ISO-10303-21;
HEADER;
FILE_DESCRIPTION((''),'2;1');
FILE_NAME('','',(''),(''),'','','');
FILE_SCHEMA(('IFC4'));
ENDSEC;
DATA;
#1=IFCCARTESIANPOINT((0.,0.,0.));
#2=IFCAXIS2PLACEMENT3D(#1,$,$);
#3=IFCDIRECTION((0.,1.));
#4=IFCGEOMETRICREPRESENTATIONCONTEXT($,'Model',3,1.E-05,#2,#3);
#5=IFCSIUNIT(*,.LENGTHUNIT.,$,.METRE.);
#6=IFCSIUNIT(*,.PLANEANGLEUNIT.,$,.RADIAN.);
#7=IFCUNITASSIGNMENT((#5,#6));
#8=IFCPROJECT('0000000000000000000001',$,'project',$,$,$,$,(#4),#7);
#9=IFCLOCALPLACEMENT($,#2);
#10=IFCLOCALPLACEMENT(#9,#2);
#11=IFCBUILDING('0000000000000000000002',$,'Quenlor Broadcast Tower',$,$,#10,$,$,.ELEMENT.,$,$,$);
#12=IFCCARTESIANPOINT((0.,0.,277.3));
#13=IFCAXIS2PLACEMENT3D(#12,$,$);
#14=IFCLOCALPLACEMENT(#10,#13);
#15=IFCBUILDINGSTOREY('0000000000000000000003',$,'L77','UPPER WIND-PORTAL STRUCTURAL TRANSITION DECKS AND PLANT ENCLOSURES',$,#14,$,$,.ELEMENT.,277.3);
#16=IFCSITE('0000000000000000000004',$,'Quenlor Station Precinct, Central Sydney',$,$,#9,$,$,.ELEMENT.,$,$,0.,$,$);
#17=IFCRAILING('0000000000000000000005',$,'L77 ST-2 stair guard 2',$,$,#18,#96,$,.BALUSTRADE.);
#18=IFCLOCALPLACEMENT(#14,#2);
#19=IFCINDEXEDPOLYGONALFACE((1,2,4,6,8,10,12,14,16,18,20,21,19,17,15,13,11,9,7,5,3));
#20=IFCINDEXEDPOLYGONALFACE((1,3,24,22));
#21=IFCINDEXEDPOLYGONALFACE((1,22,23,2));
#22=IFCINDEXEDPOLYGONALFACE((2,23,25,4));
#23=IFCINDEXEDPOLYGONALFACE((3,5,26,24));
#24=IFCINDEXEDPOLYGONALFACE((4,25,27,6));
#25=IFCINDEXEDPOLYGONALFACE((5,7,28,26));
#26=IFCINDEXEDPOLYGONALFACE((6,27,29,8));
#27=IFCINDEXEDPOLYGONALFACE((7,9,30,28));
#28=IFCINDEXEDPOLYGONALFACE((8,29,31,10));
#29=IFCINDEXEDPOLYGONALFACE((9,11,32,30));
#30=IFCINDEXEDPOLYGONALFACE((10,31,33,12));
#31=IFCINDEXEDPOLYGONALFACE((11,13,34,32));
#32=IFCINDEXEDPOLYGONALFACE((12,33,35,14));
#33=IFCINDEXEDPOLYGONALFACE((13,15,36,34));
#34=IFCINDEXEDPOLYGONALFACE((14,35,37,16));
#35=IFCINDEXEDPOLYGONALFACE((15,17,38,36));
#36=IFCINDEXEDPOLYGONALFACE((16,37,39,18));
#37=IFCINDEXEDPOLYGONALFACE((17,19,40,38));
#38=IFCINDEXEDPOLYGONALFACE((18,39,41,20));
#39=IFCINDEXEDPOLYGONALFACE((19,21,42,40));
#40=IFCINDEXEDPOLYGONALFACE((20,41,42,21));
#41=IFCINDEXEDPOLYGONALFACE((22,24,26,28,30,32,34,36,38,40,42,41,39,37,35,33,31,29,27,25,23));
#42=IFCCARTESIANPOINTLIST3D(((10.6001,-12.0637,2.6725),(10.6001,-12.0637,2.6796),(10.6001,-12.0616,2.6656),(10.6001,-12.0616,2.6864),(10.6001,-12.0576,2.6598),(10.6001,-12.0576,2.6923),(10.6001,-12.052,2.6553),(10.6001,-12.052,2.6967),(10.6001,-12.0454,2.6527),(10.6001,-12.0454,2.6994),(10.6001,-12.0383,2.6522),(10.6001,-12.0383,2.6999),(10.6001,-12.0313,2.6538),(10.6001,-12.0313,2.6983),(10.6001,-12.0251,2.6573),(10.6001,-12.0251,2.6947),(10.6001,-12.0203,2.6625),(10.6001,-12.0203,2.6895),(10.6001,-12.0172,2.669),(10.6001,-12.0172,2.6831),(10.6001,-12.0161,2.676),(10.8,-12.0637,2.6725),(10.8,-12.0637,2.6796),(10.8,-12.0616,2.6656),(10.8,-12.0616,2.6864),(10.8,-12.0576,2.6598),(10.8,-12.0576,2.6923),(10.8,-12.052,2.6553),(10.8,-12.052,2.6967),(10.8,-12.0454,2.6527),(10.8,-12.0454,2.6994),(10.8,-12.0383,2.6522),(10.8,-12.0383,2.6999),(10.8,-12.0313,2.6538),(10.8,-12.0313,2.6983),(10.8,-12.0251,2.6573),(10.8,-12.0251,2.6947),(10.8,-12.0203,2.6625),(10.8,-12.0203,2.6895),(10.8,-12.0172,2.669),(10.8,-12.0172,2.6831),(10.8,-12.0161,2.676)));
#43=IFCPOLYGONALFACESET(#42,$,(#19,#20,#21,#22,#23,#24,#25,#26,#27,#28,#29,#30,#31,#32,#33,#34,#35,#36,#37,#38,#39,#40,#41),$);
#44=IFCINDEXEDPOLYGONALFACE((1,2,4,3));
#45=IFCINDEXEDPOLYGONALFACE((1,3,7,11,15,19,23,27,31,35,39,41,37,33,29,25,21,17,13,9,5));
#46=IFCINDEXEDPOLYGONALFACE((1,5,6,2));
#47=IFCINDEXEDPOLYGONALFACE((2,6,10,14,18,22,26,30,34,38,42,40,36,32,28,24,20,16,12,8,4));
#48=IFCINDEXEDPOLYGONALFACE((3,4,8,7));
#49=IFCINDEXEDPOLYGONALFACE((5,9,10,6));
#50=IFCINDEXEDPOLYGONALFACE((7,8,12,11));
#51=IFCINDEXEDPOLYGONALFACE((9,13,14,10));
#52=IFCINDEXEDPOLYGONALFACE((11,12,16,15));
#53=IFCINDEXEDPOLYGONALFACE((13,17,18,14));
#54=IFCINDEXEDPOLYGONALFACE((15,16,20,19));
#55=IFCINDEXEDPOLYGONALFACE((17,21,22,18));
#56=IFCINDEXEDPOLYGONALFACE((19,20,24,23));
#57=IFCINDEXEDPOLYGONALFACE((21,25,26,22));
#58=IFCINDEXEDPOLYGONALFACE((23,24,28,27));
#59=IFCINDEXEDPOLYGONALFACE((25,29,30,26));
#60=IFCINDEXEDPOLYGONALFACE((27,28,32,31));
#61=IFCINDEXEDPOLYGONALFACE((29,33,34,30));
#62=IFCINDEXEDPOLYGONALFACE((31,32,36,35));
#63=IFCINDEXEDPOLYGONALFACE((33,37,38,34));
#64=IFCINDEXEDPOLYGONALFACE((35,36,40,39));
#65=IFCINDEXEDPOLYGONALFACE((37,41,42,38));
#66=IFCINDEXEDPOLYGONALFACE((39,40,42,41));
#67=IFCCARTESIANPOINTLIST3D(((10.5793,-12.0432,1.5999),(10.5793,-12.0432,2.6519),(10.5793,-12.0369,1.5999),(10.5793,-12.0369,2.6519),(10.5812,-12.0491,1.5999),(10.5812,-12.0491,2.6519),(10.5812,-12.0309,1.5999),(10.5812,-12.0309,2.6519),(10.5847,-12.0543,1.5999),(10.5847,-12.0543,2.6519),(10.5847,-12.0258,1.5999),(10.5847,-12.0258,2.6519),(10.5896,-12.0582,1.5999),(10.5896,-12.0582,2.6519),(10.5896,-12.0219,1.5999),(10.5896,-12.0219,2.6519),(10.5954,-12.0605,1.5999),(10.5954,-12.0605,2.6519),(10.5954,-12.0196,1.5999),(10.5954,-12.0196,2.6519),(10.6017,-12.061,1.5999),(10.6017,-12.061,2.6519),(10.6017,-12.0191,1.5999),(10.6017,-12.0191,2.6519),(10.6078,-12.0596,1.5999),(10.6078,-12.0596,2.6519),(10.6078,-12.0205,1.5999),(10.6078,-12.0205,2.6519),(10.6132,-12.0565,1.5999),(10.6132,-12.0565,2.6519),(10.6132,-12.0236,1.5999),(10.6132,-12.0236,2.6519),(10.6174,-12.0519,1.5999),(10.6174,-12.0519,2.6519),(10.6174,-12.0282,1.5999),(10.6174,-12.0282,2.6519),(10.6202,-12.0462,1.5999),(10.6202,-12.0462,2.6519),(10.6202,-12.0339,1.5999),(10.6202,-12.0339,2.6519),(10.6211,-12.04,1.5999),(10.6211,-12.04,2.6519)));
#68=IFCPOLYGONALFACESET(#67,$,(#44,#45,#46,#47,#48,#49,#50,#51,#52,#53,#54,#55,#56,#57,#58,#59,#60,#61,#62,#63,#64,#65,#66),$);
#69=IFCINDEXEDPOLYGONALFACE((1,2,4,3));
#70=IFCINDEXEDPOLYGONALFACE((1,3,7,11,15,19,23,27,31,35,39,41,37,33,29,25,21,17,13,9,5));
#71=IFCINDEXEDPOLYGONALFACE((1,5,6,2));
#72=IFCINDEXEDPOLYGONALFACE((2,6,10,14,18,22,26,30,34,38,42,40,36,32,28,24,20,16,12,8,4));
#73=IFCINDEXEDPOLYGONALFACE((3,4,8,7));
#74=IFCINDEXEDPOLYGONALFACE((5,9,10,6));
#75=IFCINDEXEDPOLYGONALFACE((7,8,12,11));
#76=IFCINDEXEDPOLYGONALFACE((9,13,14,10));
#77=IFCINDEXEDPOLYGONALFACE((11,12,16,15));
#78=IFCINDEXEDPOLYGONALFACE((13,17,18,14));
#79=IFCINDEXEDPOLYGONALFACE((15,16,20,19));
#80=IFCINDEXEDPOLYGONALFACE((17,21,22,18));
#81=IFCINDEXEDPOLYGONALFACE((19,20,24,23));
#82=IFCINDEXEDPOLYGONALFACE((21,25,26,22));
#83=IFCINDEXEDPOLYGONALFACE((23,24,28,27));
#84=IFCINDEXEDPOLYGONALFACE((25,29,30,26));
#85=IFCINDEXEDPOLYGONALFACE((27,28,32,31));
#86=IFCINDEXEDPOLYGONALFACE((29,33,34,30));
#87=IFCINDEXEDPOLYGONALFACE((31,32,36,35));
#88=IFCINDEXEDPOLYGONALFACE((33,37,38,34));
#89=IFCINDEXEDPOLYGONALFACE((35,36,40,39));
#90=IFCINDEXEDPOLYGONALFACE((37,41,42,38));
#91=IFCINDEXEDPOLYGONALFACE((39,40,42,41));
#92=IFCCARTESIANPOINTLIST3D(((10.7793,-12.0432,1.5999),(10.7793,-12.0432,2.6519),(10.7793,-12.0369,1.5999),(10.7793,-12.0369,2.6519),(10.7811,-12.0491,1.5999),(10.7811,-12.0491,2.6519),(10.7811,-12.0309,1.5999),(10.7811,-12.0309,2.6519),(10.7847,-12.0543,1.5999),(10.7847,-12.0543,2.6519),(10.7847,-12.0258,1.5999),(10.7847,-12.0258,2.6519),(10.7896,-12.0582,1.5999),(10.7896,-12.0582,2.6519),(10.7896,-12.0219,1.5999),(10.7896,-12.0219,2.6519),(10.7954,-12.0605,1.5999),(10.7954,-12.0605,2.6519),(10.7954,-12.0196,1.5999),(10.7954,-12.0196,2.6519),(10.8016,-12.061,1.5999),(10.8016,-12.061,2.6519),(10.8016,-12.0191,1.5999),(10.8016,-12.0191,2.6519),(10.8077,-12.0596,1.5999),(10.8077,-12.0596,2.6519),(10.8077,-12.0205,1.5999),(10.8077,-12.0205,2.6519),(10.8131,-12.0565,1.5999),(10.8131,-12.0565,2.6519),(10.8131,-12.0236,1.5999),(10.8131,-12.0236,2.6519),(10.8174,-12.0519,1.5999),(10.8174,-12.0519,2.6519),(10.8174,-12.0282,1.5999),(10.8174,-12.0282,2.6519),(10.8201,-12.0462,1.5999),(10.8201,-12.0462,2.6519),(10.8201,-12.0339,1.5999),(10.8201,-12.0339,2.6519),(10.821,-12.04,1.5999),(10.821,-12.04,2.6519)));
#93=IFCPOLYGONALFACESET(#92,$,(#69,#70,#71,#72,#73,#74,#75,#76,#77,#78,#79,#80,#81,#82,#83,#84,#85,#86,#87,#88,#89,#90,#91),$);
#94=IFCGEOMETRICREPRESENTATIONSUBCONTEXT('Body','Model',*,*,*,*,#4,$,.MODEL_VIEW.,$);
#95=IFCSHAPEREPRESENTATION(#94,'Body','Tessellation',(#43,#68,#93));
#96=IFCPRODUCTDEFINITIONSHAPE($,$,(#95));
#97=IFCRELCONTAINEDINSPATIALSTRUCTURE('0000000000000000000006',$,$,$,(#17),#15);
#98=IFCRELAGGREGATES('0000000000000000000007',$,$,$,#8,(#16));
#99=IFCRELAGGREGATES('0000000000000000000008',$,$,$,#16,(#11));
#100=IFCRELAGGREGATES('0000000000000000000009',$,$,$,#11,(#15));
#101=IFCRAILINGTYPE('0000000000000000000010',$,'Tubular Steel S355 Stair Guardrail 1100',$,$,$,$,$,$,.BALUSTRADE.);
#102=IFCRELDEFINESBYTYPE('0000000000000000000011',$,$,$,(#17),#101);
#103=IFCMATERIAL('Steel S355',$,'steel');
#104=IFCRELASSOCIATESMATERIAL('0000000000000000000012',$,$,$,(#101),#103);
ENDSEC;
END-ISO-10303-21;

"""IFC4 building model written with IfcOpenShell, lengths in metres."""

from ifc_helpers import new_model, si_unit, direction, frame, origin, origin_2d, place, context, subcontext, project, spatial, circle, extrude, material, type_object, element, save


model = new_model("IFC4")

# Units and contexts
model_context = context("Model", 3, precision=1e-05, world=origin(), true_north=direction((0.0, 1.0)))
body_context = subcontext(model_context, "Body", "Model", "MODEL_VIEW")
ifc_project = project(units=[si_unit("LENGTHUNIT", "METRE"), si_unit("PLANEANGLEUNIT", "RADIAN")], contexts=[model_context])

# Site, building, storey
site_placement = place(None, origin())
site = spatial("IfcSite", under=ifc_project, at=site_placement, Name="Quenlor Station Precinct, Central Sydney", CompositionType="ELEMENT", RefElevation=0.0)
building_placement = place(site_placement, origin())
building = spatial("IfcBuilding", under=site, at=building_placement, Name="Quenlor Broadcast Tower", CompositionType="ELEMENT")
storey_placement = place(building_placement, frame((0.0, 0.0, 277.3)))
storey = spatial("IfcBuildingStorey", under=building, at=storey_placement, Name="L77", Description="UPPER WIND-PORTAL STRUCTURAL TRANSITION DECKS AND PLANT ENCLOSURES", CompositionType="ELEMENT", Elevation=277.3)

# Railing
ifc_material_1 = material(Name="Steel S355", Category="steel")
railing_type_1 = type_object("IfcRailingType", Name="Tubular Steel S355 Stair Guardrail 1100", PredefinedType="BALUSTRADE", material=ifc_material_1)
railing_1_placement = place(storey_placement, frame((10.6001, -12.04, 1.5999)))
element("IfcRailing", 1, at=railing_1_placement, inside=storey, type_object=railing_type_1, Name="L77 ST-2 stair guard 2", PredefinedType="BALUSTRADE", context=body_context, shape_type="SweptSolid", body=[
    extrude(circle(Radius=0.0239, at=origin_2d()), frame((0.0, 0.0, 1.0762), z_axis=(1.0, 0.0, 0.0), x_axis=(0.0, 1.0, 0.0)), (0.0, 0.0, 1.0), 0.2),
    extrude(circle(Radius=0.021, at=origin_2d()), origin(), (0.0, 0.0, 1.0), 1.052),
    extrude(circle(Radius=0.021, at=origin_2d()), frame((0.2, 0.0, 0.0)), (0.0, 0.0, 1.0), 1.052),
])

save(model, "model.ifc")
